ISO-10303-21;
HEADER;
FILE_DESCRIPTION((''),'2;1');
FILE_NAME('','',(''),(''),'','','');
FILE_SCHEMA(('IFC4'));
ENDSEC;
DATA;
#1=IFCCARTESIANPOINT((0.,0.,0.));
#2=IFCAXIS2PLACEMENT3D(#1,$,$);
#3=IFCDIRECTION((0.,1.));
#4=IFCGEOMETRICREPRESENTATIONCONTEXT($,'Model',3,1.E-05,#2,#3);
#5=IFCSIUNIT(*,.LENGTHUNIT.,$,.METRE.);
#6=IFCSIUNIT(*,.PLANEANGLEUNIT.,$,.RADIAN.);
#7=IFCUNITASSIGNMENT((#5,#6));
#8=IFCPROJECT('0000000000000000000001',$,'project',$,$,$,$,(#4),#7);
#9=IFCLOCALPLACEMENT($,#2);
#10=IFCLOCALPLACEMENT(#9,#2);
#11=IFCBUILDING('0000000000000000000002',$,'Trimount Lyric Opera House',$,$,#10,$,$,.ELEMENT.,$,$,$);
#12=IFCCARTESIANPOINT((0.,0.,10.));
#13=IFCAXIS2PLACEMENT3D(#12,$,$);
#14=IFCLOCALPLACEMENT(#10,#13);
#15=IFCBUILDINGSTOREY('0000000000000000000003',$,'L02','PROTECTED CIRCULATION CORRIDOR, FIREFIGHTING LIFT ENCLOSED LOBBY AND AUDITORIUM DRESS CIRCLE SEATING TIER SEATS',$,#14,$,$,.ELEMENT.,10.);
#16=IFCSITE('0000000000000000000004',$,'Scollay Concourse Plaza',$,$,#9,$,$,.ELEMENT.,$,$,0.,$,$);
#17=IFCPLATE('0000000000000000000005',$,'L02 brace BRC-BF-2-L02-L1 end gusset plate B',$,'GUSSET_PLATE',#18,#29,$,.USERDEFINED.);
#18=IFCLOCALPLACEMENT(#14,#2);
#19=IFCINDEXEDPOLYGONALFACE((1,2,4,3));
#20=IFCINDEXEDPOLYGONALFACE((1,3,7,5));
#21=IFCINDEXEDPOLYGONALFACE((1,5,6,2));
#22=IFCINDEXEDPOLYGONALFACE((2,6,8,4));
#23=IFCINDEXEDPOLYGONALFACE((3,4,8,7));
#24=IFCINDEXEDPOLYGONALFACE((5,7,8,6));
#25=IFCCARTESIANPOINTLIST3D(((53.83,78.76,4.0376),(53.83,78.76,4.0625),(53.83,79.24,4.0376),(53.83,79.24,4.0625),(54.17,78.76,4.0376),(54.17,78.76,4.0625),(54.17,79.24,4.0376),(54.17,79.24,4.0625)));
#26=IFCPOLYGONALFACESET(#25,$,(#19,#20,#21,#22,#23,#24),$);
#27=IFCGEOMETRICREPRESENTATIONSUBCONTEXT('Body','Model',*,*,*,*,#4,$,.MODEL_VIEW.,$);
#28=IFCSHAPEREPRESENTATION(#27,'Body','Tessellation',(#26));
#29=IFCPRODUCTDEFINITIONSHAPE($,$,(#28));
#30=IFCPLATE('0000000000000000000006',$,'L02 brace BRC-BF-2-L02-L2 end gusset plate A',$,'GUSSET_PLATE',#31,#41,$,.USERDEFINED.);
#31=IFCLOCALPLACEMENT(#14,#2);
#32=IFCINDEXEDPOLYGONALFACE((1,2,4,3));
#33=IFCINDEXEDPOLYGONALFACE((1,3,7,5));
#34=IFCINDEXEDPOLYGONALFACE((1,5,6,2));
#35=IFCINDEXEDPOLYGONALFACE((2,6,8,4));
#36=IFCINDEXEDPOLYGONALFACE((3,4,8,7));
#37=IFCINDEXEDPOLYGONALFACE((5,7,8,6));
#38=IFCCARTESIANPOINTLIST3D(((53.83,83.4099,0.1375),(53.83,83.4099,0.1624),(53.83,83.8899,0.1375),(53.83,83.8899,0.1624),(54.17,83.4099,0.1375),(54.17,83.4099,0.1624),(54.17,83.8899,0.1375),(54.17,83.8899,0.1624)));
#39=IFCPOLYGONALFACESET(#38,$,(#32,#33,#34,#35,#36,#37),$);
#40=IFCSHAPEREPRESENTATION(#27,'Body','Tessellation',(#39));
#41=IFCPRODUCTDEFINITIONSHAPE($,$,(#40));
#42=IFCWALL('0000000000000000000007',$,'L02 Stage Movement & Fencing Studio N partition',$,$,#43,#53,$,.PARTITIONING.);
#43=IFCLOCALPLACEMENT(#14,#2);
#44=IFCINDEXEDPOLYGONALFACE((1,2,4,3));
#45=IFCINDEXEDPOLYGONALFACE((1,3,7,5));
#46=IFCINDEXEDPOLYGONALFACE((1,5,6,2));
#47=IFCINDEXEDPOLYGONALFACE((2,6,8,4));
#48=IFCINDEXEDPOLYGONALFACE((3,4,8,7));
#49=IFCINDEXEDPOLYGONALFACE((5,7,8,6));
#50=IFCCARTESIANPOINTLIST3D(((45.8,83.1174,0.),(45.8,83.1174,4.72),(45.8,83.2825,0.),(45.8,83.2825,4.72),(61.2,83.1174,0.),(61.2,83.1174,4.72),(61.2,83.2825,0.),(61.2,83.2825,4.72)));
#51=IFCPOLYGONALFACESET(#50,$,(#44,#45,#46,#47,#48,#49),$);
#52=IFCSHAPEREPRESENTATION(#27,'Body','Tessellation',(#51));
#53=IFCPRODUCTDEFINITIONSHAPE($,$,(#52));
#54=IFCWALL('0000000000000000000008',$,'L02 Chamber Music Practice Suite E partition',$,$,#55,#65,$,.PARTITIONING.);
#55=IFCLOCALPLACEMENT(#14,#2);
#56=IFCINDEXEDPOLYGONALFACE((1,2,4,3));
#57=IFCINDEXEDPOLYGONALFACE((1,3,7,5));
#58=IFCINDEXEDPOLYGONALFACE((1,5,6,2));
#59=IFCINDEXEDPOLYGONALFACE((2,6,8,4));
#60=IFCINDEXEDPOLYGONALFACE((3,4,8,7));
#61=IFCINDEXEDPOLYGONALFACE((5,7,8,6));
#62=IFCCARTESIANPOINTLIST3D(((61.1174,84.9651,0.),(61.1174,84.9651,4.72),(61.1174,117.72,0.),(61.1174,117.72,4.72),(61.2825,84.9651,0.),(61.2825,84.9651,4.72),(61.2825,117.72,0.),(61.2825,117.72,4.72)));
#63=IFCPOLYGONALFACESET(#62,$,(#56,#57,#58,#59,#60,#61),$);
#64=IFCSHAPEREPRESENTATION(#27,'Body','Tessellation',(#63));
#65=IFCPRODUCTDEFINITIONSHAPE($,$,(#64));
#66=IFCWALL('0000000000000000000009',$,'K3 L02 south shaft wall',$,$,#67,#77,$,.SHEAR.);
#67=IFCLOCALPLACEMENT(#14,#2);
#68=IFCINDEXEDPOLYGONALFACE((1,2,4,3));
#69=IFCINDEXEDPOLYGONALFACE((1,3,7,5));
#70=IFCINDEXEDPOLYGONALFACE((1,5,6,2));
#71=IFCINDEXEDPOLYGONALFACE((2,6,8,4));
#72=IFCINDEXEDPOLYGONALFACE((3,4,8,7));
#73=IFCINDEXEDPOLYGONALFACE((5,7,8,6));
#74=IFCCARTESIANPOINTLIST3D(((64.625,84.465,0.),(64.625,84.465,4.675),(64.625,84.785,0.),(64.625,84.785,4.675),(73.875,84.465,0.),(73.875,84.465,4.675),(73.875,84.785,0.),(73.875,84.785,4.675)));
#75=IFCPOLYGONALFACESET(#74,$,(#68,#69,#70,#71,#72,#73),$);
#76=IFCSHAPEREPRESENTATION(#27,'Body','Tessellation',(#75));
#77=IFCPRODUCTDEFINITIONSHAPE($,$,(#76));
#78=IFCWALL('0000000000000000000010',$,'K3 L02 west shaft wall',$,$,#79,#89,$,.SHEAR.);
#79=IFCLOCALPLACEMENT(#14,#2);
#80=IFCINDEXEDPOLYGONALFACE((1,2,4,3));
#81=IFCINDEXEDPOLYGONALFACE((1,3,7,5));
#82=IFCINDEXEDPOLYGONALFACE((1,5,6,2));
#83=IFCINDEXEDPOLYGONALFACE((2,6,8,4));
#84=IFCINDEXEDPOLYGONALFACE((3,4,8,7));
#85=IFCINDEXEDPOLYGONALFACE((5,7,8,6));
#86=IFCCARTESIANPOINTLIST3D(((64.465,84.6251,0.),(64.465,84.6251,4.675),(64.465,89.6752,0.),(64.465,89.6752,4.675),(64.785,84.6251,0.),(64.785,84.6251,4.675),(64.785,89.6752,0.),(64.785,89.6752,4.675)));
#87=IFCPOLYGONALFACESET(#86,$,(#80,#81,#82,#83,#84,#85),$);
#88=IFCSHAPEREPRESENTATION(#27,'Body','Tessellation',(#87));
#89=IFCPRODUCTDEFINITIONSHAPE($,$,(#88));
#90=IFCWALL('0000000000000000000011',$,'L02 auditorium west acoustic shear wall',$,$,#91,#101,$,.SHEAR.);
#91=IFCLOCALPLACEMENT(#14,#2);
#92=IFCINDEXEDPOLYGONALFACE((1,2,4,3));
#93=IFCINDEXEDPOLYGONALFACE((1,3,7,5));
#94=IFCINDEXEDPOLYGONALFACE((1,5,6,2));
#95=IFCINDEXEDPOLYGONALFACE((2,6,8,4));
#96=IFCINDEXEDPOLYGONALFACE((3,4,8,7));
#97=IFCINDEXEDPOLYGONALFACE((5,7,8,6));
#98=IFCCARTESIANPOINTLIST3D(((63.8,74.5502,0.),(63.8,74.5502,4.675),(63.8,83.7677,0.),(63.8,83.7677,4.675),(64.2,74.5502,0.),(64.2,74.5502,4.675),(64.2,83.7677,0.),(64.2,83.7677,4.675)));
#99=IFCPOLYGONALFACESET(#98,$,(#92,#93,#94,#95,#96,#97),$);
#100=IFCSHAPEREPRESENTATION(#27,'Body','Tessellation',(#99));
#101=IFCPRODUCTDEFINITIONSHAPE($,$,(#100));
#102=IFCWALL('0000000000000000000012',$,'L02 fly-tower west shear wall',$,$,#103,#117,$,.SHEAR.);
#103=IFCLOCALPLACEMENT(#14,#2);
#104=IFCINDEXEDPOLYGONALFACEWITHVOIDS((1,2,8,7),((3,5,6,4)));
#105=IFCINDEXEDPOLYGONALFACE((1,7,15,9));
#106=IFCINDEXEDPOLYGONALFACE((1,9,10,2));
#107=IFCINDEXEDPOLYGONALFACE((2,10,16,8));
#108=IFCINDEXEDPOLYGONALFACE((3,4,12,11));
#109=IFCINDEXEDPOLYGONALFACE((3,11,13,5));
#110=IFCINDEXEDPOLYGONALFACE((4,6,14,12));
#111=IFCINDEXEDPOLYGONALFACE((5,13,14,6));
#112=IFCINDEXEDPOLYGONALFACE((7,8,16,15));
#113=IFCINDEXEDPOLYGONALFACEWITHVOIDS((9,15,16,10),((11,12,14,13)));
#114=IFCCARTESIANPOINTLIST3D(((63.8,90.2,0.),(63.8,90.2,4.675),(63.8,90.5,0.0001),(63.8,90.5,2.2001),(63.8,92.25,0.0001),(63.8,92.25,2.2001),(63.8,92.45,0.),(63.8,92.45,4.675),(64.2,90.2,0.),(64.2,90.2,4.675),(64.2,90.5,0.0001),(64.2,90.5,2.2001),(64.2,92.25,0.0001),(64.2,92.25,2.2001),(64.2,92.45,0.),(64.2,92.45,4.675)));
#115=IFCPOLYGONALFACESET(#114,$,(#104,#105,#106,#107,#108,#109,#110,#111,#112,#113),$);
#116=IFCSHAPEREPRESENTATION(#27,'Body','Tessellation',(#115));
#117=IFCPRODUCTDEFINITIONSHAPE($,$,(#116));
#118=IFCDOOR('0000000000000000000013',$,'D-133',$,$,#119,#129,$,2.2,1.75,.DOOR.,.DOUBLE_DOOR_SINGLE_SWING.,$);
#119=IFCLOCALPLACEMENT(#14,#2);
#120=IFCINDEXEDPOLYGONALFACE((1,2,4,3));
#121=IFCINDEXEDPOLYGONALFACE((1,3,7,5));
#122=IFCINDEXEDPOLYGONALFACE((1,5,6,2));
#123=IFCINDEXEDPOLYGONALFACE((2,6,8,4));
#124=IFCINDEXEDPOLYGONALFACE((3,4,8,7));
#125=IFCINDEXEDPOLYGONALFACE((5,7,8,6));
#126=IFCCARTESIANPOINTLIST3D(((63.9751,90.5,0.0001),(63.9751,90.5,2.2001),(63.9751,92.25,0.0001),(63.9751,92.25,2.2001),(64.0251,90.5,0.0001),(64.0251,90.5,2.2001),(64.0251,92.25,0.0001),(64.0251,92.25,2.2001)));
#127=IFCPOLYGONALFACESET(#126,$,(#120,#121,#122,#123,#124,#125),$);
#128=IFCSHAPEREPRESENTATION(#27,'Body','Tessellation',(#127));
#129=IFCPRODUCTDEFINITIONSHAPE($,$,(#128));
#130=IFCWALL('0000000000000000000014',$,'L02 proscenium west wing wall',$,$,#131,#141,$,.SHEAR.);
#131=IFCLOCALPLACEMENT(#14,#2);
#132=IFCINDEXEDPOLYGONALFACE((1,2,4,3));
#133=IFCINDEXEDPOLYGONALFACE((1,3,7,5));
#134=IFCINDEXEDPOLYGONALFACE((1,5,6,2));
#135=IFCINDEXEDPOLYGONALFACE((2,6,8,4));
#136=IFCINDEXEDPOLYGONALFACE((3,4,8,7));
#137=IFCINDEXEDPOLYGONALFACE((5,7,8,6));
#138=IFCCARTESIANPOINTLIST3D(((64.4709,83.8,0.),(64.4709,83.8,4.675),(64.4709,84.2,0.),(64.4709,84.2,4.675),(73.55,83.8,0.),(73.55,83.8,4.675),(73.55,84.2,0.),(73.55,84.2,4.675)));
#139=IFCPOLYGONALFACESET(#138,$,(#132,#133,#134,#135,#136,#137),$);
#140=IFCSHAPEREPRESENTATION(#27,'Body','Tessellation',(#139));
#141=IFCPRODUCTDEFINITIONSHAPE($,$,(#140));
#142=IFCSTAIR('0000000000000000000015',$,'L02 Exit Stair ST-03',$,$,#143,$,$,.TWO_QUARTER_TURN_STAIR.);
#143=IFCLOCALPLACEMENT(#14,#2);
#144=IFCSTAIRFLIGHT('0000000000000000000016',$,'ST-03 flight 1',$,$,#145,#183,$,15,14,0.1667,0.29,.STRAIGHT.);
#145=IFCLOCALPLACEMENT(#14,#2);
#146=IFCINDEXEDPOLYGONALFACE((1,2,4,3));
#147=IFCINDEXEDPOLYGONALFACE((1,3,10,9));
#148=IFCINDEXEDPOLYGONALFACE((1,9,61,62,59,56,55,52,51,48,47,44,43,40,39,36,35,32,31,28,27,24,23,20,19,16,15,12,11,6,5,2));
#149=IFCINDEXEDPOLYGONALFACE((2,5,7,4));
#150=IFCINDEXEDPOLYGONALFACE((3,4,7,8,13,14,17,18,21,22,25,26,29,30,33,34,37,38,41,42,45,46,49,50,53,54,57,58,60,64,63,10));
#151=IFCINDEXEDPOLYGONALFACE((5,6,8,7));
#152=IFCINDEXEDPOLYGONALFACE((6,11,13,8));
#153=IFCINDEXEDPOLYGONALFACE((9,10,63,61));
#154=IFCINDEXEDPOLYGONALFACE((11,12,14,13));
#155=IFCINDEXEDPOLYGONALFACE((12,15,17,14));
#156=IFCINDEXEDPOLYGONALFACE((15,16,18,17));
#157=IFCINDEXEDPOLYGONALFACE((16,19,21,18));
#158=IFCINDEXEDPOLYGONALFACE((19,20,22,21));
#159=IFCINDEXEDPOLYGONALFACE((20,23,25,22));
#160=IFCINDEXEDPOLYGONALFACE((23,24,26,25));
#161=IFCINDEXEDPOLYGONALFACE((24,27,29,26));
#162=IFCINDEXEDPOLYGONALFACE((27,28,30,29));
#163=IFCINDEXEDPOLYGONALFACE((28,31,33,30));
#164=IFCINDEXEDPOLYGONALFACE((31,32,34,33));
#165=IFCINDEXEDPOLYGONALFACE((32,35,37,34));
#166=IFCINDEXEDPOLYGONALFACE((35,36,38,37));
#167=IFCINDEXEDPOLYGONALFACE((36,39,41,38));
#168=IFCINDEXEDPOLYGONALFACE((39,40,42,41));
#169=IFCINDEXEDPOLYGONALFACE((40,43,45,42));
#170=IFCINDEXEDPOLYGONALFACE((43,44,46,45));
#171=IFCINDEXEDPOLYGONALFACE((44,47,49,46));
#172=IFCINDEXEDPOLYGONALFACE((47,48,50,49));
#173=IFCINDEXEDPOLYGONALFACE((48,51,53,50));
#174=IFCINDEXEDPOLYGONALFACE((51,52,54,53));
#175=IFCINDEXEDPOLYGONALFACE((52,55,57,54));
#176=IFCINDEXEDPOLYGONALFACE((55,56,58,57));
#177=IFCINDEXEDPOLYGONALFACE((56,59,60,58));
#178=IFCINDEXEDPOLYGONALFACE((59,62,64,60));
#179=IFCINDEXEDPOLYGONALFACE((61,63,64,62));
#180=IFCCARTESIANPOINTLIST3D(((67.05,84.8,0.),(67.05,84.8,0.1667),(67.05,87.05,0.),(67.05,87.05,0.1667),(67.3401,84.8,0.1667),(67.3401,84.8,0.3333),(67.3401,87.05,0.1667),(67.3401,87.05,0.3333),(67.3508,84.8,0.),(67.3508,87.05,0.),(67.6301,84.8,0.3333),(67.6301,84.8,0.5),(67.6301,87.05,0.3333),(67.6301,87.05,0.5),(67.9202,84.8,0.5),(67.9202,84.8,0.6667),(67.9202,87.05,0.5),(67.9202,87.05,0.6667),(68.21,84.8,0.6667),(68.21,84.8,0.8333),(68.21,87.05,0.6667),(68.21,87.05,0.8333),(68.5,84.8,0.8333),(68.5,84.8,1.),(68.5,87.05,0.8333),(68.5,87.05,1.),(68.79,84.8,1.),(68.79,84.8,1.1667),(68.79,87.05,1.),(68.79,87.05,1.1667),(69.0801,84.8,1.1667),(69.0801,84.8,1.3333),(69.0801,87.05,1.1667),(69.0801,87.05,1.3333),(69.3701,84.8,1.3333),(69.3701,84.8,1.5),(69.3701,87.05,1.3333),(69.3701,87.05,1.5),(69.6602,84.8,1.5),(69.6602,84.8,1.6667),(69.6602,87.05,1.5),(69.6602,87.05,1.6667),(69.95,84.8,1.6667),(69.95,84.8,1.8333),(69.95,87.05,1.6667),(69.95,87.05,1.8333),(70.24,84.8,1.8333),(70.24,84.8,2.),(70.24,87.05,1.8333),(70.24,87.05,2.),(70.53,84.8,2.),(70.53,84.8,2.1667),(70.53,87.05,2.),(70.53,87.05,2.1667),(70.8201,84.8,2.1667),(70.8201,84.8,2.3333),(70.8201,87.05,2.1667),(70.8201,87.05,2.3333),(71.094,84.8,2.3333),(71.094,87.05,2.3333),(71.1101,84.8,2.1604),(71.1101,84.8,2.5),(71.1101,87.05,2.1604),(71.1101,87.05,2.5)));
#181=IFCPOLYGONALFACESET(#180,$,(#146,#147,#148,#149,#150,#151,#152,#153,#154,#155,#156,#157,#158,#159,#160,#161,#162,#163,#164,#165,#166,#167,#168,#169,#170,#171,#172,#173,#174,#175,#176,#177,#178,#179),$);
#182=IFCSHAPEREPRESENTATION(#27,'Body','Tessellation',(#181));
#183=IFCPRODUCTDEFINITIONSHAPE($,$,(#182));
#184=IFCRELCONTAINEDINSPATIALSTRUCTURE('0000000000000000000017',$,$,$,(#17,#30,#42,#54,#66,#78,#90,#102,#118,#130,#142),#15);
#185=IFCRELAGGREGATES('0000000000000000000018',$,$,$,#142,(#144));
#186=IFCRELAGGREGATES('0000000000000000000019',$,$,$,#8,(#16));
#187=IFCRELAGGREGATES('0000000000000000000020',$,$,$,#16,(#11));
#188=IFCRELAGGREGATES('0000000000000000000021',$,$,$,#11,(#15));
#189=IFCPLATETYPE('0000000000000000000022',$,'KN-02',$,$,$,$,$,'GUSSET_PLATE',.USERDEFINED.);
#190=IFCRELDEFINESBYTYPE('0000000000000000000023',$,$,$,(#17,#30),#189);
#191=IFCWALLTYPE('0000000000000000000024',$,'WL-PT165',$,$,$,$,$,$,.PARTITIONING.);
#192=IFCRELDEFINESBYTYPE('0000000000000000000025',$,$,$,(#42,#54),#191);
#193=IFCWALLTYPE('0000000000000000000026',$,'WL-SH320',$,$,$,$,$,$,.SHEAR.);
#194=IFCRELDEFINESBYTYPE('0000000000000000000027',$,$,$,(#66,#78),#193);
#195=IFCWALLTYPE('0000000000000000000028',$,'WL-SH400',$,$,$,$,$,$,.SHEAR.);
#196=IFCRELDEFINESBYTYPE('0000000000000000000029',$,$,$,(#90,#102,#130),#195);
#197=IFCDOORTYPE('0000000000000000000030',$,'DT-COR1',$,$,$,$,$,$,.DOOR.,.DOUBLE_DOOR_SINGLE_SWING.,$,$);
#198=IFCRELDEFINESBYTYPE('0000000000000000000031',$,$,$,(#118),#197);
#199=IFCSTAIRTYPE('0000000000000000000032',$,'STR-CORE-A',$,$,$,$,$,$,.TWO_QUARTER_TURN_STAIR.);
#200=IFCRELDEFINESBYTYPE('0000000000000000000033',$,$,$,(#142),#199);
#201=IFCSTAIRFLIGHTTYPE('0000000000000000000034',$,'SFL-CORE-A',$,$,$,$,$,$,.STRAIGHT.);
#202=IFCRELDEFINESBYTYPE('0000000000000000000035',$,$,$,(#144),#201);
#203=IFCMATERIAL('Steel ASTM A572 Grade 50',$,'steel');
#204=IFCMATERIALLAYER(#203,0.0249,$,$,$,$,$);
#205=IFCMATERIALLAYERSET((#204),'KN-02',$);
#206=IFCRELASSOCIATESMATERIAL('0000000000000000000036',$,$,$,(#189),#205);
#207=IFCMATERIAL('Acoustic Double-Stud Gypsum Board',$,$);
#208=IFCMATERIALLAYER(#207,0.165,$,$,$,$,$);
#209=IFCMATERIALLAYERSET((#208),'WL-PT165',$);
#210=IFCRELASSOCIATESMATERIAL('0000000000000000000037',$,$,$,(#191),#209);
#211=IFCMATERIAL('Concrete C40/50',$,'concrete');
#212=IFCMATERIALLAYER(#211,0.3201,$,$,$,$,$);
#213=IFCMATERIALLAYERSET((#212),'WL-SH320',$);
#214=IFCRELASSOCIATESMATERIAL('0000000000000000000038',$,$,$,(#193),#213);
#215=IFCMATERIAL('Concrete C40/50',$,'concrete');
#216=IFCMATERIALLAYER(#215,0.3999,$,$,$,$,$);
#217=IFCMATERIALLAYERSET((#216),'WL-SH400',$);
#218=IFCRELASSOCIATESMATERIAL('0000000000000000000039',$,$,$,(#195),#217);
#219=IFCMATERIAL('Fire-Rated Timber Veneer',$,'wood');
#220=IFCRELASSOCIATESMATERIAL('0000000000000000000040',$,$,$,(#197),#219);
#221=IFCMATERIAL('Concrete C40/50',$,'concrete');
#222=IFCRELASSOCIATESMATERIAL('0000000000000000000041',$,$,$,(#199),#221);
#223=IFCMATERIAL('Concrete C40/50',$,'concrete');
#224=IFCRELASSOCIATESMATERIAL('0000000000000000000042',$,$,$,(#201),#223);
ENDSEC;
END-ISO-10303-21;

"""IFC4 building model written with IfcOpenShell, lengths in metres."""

from ifc_helpers import new_model, si_unit, direction, frame, frame_2d, origin, origin_2d, place, context, subcontext, project, spatial, polyline, rectangle, outline, extrude, material, layer, layer_set, type_object, element, fill, aggregate, save


model = new_model("IFC4")

# Units and contexts
model_context = context("Model", 3, precision=1e-05, world=origin(), true_north=direction((0.0, 1.0)))
body_context = subcontext(model_context, "Body", "Model", "MODEL_VIEW")
ifc_project = project(units=[si_unit("LENGTHUNIT", "METRE"), si_unit("PLANEANGLEUNIT", "RADIAN")], contexts=[model_context])

# Site, building, storey
site_placement = place(None, origin())
site = spatial("IfcSite", under=ifc_project, at=site_placement, Name="Scollay Concourse Plaza", CompositionType="ELEMENT", RefElevation=0.0)
building_placement = place(site_placement, origin())
building = spatial("IfcBuilding", under=site, at=building_placement, Name="Trimount Lyric Opera House", CompositionType="ELEMENT")
storey_placement = place(building_placement, frame((0.0, 0.0, 10.0)))
storey = spatial("IfcBuildingStorey", under=building, at=storey_placement, Name="L02", Description="PROTECTED CIRCULATION CORRIDOR, FIREFIGHTING LIFT ENCLOSED LOBBY AND AUDITORIUM DRESS CIRCLE SEATING TIER SEATS", CompositionType="ELEMENT", Elevation=10.0)

# Plates
ifc_material_1 = material(Name="Steel ASTM A572 Grade 50", Category="steel")
ifc_layer_1 = layer(ifc_material_1, 0.0249)
ifc_layer_set_1 = layer_set([ifc_layer_1], Name="KN-02")
plate_type = type_object("IfcPlateType", Name="KN-02", ElementType="GUSSET_PLATE", PredefinedType="USERDEFINED", material=ifc_layer_set_1)
for number, where, z_axis, x_axis, name in (
    (1, (54.0, 79.0, 4.0376), (0.0, 0.0, 1.0), (0.0, 1.0, 0.0), "L02 brace BRC-BF-2-L02-L1 end gusset plate B"),
    (2, (54.0, 83.6499, 0.1375), (0.0, 0.0, 1.0), (0.0, -1.0, 0.0), "L02 brace BRC-BF-2-L02-L2 end gusset plate A"),
):
    element("IfcPlate", number, at=place(storey_placement, frame(where, z_axis=z_axis, x_axis=x_axis)), inside=storey, type_object=plate_type, Name=name, ObjectType="GUSSET_PLATE", PredefinedType="USERDEFINED", context=body_context, shape_type="SweptSolid", body=[
        extrude(rectangle(XDim=0.48, YDim=0.3401, at=origin_2d()), origin(), (0.0, 0.0, 1.0), 0.0249),
    ])

# Walls
ifc_material_2 = material(Name="Acoustic Double-Stud Gypsum Board")
ifc_layer_2 = layer(ifc_material_2, 0.165)
ifc_layer_set_2 = layer_set([ifc_layer_2], Name="WL-PT165")
wall_type_1 = type_object("IfcWallType", Name="WL-PT165", PredefinedType="PARTITIONING", material=ifc_layer_set_2)
wall_1_placement = place(storey_placement, frame((61.2, 83.2, 0.0), z_axis=(0.0, 0.0, 1.0), x_axis=(-1.0, 0.0, 0.0)))
element("IfcWall", 3, at=wall_1_placement, inside=storey, type_object=wall_type_1, Name="L02 Stage Movement & Fencing Studio N partition", PredefinedType="PARTITIONING", context=body_context, shape_type="SweptSolid", body=[
    extrude(rectangle(XDim=15.3999, YDim=0.165, at=frame_2d((7.7, 0.0))), origin(), (0.0, 0.0, 1.0), 4.72),
])
wall_2_placement = place(storey_placement, frame((61.2, 84.9651, 0.0), z_axis=(0.0, 0.0, 1.0), x_axis=(0.0, 1.0, 0.0)))
element("IfcWall", 4, at=wall_2_placement, inside=storey, type_object=wall_type_1, Name="L02 Chamber Music Practice Suite E partition", PredefinedType="PARTITIONING", context=body_context, shape_type="SweptSolid", body=[
    extrude(rectangle(XDim=32.7549, YDim=0.165, at=frame_2d((16.3774, 0.0))), origin(), (0.0, 0.0, 1.0), 4.72),
])
ifc_material_3 = material(Name="Concrete C40/50", Category="concrete")
ifc_layer_3 = layer(ifc_material_3, 0.3201)
ifc_layer_set_3 = layer_set([ifc_layer_3], Name="WL-SH320")
wall_type_2 = type_object("IfcWallType", Name="WL-SH320", PredefinedType="SHEAR", material=ifc_layer_set_3)
wall_3_placement = place(storey_placement, frame((64.625, 84.625, 0.0), z_axis=(0.0, 0.0, 1.0), x_axis=(1.0, 0.0, 0.0)))
element("IfcWall", 5, at=wall_3_placement, inside=storey, type_object=wall_type_2, Name="K3 L02 south shaft wall", PredefinedType="SHEAR", context=body_context, shape_type="SweptSolid", body=[
    extrude(rectangle(XDim=9.25, YDim=0.3201, at=frame_2d((4.625, 0.0))), origin(), (0.0, 0.0, 1.0), 4.675),
])
wall_4_placement = place(storey_placement, frame((64.625, 89.675, 0.0), z_axis=(0.0, 0.0, 1.0), x_axis=(0.0, -1.0, 0.0)))
element("IfcWall", 6, at=wall_4_placement, inside=storey, type_object=wall_type_2, Name="K3 L02 west shaft wall", PredefinedType="SHEAR", context=body_context, shape_type="SweptSolid", body=[
    extrude(rectangle(XDim=5.05, YDim=0.3201, at=frame_2d((2.5249, 0.0))), origin(), (0.0, 0.0, 1.0), 4.675),
])
ifc_material_4 = material(Name="Concrete C40/50", Category="concrete")
ifc_layer_4 = layer(ifc_material_4, 0.3999)
ifc_layer_set_4 = layer_set([ifc_layer_4], Name="WL-SH400")
wall_type_3 = type_object("IfcWallType", Name="WL-SH400", PredefinedType="SHEAR", material=ifc_layer_set_4)
wall_5_placement = place(storey_placement, frame((64.0, 74.55, 0.0), z_axis=(0.0, 0.0, 1.0), x_axis=(0.0, 1.0, 0.0)))
element("IfcWall", 7, at=wall_5_placement, inside=storey, type_object=wall_type_3, Name="L02 auditorium west acoustic shear wall", PredefinedType="SHEAR", context=body_context, shape_type="SweptSolid", body=[
    extrude(rectangle(XDim=9.2175, YDim=0.3999, at=frame_2d((4.6089, 0.0))), origin(), (0.0, 0.0, 1.0), 4.675),
])

# Wall, opening, door
wall_6_placement = place(storey_placement, frame((64.0, 90.2, 0.0), z_axis=(0.0, 0.0, 1.0), x_axis=(0.0, 1.0, 0.0)))
wall_6 = element("IfcWall", 8, at=wall_6_placement, inside=storey, type_object=wall_type_3, Name="L02 fly-tower west shear wall", PredefinedType="SHEAR", context=body_context, shape_type="SweptSolid", body=[
    extrude(rectangle(XDim=2.25, YDim=0.3999, at=frame_2d((1.125, 0.0))), origin(), (0.0, 0.0, 1.0), 4.675),
])
opening_placement = place(wall_6_placement, frame((0.3, 0.0, 0.0)))
opening = element("IfcOpeningElement", 9, at=opening_placement, cuts=wall_6, PredefinedType="OPENING", context=body_context, shape_type="SweptSolid", body=[
    extrude(rectangle(XDim=1.75, YDim=2.2, at=frame_2d((0.875, 1.1001))), frame((0.0, 0.21, 0.0), z_axis=(0.0, -1.0, 0.0), x_axis=(1.0, 0.0, 0.0)), (0.0, 0.0, 1.0), 0.4199),
])
ifc_material_5 = material(Name="Fire-Rated Timber Veneer", Category="wood")
door_type = type_object("IfcDoorType", Name="DT-COR1", OperationType="DOUBLE_DOOR_SINGLE_SWING", PredefinedType="DOOR", material=ifc_material_5)
door_placement = place(opening_placement, origin())
door = element("IfcDoor", 10, at=door_placement, inside=storey, type_object=door_type, Name="D-133", OperationType="DOUBLE_DOOR_SINGLE_SWING", OverallHeight=2.2, OverallWidth=1.75, PredefinedType="DOOR", context=body_context, shape_type="SweptSolid", body=[
    extrude(rectangle(XDim=1.75, YDim=2.2, at=frame_2d((0.875, 1.1001))), frame((0.0, 0.0249, 0.0), z_axis=(0.0, -1.0, 0.0), x_axis=(1.0, 0.0, 0.0)), (0.0, 0.0, 1.0), 0.05),
])
fill(opening, door)

# Wall
wall_7_placement = place(storey_placement, frame((64.4709, 84.0, 0.0), z_axis=(0.0, 0.0, 1.0), x_axis=(1.0, 0.0, 0.0)))
element("IfcWall", 11, at=wall_7_placement, inside=storey, type_object=wall_type_3, Name="L02 proscenium west wing wall", PredefinedType="SHEAR", context=body_context, shape_type="SweptSolid", body=[
    extrude(rectangle(XDim=9.0791, YDim=0.3999, at=frame_2d((4.5396, 0.0))), origin(), (0.0, 0.0, 1.0), 4.675),
])

# Stair, stair flight
ifc_material_6 = material(Name="Concrete C40/50", Category="concrete")
stair_type = type_object("IfcStairType", Name="STR-CORE-A", PredefinedType="TWO_QUARTER_TURN_STAIR", material=ifc_material_6)
stair_placement = place(storey_placement, origin())
stair = element("IfcStair", 12, at=stair_placement, inside=storey, type_object=stair_type, Name="L02 Exit Stair ST-03", PredefinedType="TWO_QUARTER_TURN_STAIR")
ifc_material_7 = material(Name="Concrete C40/50", Category="concrete")
stair_flight_type = type_object("IfcStairFlightType", Name="SFL-CORE-A", PredefinedType="STRAIGHT", material=ifc_material_7)
stair_flight_placement = place(storey_placement, frame((67.05, 85.925, 0.0), z_axis=(0.0, 0.0, 1.0), x_axis=(1.0, 0.0, 0.0)))
stair_flight = element("IfcStairFlight", 13, at=stair_flight_placement, type_object=stair_flight_type, Name="ST-03 flight 1", NumberOfRisers=15, NumberOfTreads=14, PredefinedType="STRAIGHT", RiserHeight=0.1667, TreadLength=0.29, context=body_context, shape_type="SweptSolid", body=[
    extrude(outline(polyline([(0.0, 0.0), (0.0, 0.1667), (0.29, 0.1667), (0.29, 0.3333), (0.5801, 0.3333), (0.5801, 0.5), (0.8701, 0.5), (0.8701, 0.6667), (1.1599, 0.6667), (1.1599, 0.8333), (1.45, 0.8333), (1.45, 1.0), (1.74, 1.0), (1.74, 1.1667), (2.03, 1.1667), (2.03, 1.3333), (2.3201, 1.3333), (2.3201, 1.5), (2.6101, 1.5), (2.6101, 1.6667), (2.8999, 1.6667), (2.8999, 1.8333), (3.1899, 1.8333), (3.1899, 2.0), (3.48, 2.0), (3.48, 2.1667), (3.77, 2.1667), (3.77, 2.3333), (4.0439, 2.3333), (4.0601, 2.5), (4.0601, 2.1604), (0.3008, 0.0), (0.0, 0.0)])), frame((0.0, 1.125, 0.0), z_axis=(0.0, -1.0, 0.0), x_axis=(1.0, 0.0, 0.0)), (0.0, 0.0, 1.0), 2.25),
])
aggregate(stair, [stair_flight])

save(model, "model.ifc")
